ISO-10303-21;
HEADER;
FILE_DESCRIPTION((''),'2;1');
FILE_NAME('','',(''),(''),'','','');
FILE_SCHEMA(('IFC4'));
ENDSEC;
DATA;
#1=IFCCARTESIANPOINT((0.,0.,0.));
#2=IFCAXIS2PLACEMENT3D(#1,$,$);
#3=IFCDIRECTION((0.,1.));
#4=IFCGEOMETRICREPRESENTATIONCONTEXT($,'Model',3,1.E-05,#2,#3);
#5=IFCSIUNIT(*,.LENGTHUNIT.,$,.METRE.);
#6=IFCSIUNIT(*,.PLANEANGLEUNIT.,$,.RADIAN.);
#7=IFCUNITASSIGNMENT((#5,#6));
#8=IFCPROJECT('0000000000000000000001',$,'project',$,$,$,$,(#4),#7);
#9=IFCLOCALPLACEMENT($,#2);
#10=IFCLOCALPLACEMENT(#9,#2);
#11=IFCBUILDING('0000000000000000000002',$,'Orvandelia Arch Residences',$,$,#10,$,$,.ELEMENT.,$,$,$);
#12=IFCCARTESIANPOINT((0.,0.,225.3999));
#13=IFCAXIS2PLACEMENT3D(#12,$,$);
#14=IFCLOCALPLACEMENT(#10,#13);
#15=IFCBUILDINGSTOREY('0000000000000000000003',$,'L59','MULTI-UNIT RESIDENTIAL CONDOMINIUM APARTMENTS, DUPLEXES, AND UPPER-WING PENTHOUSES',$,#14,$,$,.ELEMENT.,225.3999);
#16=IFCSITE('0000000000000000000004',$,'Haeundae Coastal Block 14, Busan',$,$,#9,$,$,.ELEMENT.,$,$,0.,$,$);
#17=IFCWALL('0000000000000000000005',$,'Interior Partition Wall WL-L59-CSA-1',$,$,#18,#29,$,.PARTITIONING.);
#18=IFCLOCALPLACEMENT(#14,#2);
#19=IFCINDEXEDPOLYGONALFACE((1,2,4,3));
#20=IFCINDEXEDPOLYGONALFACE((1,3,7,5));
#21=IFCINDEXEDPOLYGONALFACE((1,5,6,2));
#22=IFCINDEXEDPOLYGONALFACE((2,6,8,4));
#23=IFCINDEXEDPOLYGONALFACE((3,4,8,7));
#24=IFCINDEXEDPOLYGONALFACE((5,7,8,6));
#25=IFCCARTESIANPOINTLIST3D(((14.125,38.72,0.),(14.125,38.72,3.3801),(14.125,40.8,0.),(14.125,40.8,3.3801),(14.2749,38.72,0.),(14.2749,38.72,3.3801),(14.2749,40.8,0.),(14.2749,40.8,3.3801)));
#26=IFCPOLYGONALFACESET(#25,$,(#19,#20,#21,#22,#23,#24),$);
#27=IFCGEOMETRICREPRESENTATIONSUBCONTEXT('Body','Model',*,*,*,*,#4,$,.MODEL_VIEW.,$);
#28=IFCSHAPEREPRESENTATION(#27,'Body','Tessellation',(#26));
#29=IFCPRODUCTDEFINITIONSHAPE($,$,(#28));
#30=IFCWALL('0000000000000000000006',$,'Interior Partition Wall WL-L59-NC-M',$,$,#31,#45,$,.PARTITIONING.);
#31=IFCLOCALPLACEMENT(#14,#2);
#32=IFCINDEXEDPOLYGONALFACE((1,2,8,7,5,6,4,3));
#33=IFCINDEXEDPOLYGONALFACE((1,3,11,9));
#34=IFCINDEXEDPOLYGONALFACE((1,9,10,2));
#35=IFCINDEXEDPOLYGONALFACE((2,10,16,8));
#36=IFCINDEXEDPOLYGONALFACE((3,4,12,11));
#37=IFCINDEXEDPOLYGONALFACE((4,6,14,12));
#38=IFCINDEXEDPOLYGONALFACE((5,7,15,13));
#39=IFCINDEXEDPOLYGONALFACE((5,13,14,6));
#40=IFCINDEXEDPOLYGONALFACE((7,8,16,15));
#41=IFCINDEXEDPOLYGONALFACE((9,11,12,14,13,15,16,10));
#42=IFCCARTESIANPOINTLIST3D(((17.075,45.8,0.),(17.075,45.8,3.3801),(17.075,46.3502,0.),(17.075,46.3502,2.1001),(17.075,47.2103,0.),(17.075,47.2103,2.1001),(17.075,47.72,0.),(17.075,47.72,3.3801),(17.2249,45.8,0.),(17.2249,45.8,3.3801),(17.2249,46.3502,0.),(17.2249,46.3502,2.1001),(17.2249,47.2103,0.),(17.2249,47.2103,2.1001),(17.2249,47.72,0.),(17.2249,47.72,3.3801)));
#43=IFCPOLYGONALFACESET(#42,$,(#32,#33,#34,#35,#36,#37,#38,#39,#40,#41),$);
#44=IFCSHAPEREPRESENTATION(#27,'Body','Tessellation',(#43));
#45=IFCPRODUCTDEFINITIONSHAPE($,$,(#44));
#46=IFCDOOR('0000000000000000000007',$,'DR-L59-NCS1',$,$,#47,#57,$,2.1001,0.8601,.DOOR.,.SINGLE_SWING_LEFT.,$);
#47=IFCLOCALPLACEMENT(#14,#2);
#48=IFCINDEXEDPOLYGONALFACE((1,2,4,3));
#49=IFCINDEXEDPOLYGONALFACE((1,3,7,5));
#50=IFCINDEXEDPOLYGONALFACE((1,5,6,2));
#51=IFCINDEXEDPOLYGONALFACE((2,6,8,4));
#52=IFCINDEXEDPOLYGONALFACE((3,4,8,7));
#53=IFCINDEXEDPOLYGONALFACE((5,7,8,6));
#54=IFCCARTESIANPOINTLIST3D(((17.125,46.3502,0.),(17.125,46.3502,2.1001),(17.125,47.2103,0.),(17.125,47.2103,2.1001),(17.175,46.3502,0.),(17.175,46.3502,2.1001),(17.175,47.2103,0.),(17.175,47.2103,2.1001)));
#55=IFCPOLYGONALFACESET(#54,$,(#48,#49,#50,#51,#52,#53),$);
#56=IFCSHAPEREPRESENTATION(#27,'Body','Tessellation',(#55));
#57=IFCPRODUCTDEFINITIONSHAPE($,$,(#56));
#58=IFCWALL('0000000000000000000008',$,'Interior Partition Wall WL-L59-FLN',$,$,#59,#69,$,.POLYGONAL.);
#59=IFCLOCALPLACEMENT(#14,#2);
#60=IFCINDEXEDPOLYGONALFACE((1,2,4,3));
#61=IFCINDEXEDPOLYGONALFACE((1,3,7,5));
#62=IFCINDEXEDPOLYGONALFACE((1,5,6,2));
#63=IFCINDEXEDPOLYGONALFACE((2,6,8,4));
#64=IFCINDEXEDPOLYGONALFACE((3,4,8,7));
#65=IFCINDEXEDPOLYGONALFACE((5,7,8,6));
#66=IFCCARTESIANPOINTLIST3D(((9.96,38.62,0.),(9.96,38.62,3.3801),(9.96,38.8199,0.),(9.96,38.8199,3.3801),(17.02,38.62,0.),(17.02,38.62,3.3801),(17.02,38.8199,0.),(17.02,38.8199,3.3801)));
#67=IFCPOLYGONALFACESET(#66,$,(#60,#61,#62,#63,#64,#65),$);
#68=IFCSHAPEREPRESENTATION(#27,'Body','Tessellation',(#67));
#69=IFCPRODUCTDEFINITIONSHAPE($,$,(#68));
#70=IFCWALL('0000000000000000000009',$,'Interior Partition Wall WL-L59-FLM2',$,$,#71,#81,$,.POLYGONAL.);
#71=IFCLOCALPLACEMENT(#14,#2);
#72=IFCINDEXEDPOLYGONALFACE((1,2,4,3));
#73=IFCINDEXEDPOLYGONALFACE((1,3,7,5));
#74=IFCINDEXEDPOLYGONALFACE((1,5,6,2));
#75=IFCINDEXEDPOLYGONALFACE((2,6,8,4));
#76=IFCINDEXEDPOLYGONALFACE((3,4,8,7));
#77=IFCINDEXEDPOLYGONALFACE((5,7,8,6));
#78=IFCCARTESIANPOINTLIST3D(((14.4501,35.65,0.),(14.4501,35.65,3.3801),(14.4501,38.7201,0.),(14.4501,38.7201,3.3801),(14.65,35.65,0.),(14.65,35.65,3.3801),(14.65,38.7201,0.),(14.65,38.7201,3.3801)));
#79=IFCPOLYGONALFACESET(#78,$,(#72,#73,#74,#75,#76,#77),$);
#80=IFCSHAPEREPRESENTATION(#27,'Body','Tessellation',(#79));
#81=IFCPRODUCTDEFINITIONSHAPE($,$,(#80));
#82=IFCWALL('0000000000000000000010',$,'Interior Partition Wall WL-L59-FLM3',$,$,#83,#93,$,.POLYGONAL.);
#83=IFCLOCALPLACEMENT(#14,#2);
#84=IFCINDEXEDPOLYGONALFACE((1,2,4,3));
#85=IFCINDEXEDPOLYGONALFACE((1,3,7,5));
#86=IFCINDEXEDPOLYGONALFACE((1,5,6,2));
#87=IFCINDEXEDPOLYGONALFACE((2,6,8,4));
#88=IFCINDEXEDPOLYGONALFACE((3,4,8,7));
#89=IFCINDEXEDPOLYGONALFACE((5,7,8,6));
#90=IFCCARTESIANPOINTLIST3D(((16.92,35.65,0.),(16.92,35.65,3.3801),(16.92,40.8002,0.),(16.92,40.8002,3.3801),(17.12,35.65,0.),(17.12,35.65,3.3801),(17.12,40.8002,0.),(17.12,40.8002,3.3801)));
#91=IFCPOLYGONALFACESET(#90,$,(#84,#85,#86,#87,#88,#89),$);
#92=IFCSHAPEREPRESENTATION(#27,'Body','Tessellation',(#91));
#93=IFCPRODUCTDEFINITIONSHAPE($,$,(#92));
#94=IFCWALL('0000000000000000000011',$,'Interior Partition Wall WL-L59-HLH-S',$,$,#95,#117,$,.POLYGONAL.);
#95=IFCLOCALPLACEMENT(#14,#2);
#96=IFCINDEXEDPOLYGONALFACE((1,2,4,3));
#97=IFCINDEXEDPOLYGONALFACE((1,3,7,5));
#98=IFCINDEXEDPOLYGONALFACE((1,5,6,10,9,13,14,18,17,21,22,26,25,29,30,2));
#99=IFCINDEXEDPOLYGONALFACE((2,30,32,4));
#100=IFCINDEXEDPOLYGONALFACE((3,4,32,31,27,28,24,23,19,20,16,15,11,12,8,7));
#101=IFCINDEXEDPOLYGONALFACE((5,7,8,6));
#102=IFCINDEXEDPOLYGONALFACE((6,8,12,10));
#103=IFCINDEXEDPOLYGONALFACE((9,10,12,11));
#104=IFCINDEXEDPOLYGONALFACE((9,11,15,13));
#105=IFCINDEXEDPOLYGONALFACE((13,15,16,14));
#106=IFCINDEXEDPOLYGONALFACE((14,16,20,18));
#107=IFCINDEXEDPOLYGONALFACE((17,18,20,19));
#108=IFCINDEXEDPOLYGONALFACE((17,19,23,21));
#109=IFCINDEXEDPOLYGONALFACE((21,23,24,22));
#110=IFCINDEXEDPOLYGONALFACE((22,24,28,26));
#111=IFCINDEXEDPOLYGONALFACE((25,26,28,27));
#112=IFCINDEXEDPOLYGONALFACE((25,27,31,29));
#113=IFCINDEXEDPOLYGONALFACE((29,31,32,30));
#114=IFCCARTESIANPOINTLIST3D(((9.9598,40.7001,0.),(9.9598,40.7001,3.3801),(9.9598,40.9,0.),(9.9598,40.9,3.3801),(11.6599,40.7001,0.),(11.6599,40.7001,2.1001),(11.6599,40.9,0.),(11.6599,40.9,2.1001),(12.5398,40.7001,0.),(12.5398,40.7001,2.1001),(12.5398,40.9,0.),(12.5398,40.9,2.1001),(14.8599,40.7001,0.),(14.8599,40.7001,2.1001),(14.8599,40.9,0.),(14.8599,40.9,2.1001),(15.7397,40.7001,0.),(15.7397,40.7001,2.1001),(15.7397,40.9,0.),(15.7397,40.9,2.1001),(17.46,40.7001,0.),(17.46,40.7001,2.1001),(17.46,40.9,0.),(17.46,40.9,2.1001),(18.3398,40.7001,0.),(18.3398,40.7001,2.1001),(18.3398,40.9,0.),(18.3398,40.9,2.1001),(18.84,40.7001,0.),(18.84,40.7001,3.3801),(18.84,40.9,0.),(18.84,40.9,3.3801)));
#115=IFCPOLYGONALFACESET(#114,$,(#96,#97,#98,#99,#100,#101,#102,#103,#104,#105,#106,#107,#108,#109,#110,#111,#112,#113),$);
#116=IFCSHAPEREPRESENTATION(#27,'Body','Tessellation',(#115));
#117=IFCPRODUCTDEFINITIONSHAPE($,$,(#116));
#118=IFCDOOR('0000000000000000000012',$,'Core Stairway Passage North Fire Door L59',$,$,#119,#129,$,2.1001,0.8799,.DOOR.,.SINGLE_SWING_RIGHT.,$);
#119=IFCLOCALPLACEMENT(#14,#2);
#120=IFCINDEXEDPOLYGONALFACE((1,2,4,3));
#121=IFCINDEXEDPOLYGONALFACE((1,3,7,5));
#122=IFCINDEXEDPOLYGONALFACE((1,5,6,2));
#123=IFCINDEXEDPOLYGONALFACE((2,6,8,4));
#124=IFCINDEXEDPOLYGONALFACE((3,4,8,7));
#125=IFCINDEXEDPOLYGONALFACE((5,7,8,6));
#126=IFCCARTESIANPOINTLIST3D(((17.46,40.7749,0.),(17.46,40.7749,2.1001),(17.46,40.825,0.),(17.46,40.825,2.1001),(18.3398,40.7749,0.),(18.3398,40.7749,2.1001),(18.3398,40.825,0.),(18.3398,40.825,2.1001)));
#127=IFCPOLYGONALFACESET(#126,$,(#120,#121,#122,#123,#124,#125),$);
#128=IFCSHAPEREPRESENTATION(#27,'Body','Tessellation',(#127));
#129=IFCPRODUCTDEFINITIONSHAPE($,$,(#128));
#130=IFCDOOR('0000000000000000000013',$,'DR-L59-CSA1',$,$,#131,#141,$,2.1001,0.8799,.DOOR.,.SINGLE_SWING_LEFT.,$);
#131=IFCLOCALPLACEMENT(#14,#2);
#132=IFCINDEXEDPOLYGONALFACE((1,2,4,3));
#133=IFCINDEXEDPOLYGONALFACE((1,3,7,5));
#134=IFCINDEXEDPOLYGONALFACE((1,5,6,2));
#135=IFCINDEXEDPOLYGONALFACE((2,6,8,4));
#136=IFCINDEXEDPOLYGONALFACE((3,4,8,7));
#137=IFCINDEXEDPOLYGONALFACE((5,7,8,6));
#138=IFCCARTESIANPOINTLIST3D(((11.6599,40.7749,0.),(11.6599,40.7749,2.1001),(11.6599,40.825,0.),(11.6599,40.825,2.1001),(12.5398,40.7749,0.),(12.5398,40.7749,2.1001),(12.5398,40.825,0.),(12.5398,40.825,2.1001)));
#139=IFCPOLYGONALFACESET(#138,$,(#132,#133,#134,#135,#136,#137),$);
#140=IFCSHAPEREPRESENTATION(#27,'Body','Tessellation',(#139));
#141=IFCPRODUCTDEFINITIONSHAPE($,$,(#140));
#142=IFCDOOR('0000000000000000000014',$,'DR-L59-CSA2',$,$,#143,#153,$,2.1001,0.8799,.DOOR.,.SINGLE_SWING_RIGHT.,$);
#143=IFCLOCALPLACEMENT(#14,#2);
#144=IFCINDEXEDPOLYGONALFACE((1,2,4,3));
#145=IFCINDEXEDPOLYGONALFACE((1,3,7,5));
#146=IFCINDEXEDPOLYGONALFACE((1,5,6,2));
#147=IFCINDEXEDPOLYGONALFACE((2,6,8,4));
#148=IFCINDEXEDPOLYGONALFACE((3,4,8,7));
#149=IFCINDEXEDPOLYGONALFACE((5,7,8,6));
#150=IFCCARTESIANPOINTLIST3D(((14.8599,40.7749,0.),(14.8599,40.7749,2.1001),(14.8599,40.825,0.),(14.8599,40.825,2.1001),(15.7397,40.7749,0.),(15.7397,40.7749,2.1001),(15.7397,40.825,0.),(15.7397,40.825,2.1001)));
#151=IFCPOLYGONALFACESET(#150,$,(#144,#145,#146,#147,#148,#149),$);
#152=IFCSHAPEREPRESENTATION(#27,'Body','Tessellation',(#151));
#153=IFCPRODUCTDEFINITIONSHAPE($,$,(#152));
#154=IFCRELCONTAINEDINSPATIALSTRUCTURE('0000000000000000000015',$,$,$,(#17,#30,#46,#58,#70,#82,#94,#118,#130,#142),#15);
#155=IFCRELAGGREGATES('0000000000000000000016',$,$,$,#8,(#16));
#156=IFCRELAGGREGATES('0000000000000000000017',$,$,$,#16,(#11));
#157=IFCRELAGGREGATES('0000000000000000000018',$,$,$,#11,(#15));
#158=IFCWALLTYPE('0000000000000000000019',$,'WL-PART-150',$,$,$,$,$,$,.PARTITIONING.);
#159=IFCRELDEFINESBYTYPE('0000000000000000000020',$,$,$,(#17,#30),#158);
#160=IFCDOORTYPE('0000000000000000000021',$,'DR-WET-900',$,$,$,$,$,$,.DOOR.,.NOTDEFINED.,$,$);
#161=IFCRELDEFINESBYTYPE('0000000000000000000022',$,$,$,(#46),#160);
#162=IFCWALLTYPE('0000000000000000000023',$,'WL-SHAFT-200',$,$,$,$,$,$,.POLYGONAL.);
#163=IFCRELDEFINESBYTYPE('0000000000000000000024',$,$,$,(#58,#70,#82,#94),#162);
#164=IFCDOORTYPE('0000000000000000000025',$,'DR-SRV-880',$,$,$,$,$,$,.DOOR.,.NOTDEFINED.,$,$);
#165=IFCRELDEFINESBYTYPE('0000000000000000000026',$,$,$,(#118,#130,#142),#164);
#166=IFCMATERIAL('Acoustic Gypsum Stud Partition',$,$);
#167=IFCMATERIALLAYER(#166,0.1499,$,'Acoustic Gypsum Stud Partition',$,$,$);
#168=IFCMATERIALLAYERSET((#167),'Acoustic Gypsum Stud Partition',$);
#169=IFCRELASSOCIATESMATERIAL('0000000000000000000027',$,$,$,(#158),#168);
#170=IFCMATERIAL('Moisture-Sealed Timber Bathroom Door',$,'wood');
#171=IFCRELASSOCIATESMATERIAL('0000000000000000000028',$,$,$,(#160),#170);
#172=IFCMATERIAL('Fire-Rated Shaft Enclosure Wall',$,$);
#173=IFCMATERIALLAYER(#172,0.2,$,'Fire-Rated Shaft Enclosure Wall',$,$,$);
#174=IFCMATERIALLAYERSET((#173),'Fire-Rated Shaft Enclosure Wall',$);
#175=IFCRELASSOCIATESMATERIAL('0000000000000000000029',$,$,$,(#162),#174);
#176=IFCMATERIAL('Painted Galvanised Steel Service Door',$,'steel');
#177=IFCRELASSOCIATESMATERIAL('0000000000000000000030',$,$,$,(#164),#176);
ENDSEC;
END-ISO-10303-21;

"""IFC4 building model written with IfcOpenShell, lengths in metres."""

from ifc_helpers import new_model, si_unit, direction, frame, frame_2d, origin, place, context, subcontext, project, spatial, rectangle, extrude, material, layer, layer_set, type_object, element, fill, save


model = new_model("IFC4")

# Units and contexts
model_context = context("Model", 3, precision=1e-05, world=origin(), true_north=direction((0.0, 1.0)))
body_context = subcontext(model_context, "Body", "Model", "MODEL_VIEW")
ifc_project = project(units=[si_unit("LENGTHUNIT", "METRE"), si_unit("PLANEANGLEUNIT", "RADIAN")], contexts=[model_context])

# Site, building, storey
site_placement = place(None, origin())
site = spatial("IfcSite", under=ifc_project, at=site_placement, Name="Haeundae Coastal Block 14, Busan", CompositionType="ELEMENT", RefElevation=0.0)
building_placement = place(site_placement, origin())
building = spatial("IfcBuilding", under=site, at=building_placement, Name="Orvandelia Arch Residences", CompositionType="ELEMENT")
storey_placement = place(building_placement, frame((0.0, 0.0, 225.3999)))
storey = spatial("IfcBuildingStorey", under=building, at=storey_placement, Name="L59", Description="MULTI-UNIT RESIDENTIAL CONDOMINIUM APARTMENTS, DUPLEXES, AND UPPER-WING PENTHOUSES", CompositionType="ELEMENT", Elevation=225.3999)

# Wall
ifc_material_1 = material(Name="Acoustic Gypsum Stud Partition")
ifc_layer_1 = layer(ifc_material_1, 0.1499, Name="Acoustic Gypsum Stud Partition")
ifc_layer_set_1 = layer_set([ifc_layer_1], Name="Acoustic Gypsum Stud Partition")
wall_type_1 = type_object("IfcWallType", Name="WL-PART-150", PredefinedType="PARTITIONING", material=ifc_layer_set_1)
wall_1_placement = place(storey_placement, frame((14.2, 38.72, 0.0), z_axis=(0.0, 0.0, 1.0), x_axis=(0.0, 1.0, 0.0)))
element("IfcWall", 1, at=wall_1_placement, inside=storey, type_object=wall_type_1, Name="Interior Partition Wall WL-L59-CSA-1", PredefinedType="PARTITIONING", context=body_context, shape_type="SweptSolid", body=[
    extrude(rectangle(XDim=2.0801, YDim=0.1499, at=frame_2d((1.04, 0.0))), origin(), (0.0, 0.0, 1.0), 3.3801),
])

# Wall, opening, door
wall_2_placement = place(storey_placement, frame((17.1499, 45.8, 0.0), z_axis=(0.0, 0.0, 1.0), x_axis=(0.0, 1.0, 0.0)))
wall_2 = element("IfcWall", 2, at=wall_2_placement, inside=storey, type_object=wall_type_1, Name="Interior Partition Wall WL-L59-NC-M", PredefinedType="PARTITIONING", context=body_context, shape_type="SweptSolid", body=[
    extrude(rectangle(XDim=1.9199, YDim=0.1499, at=frame_2d((0.96, 0.0))), origin(), (0.0, 0.0, 1.0), 3.3801),
])
opening_1_placement = place(wall_2_placement, frame((0.55, 0.0, 0.0)))
opening_1 = element("IfcOpeningElement", 3, at=opening_1_placement, cuts=wall_2, PredefinedType="OPENING", context=body_context, shape_type="SweptSolid", body=[
    extrude(rectangle(XDim=0.8601, YDim=2.1001, at=frame_2d((0.4302, 1.05))), frame((0.0, 0.085, 0.0), z_axis=(0.0, -1.0, 0.0), x_axis=(1.0, 0.0, 0.0)), (0.0, 0.0, 1.0), 0.1699),
])
ifc_material_2 = material(Name="Moisture-Sealed Timber Bathroom Door", Category="wood")
door_type_1 = type_object("IfcDoorType", Name="DR-WET-900", OperationType="NOTDEFINED", PredefinedType="DOOR", material=ifc_material_2)
door_1_placement = place(opening_1_placement, origin())
door_1 = element("IfcDoor", 4, at=door_1_placement, inside=storey, type_object=door_type_1, Name="DR-L59-NCS1", OperationType="SINGLE_SWING_LEFT", OverallHeight=2.1001, OverallWidth=0.8601, PredefinedType="DOOR", context=body_context, shape_type="SweptSolid", body=[
    extrude(rectangle(XDim=0.8601, YDim=2.1001, at=frame_2d((0.4302, 1.05))), frame((0.0, 0.0249, 0.0), z_axis=(0.0, -1.0, 0.0), x_axis=(1.0, 0.0, 0.0)), (0.0, 0.0, 1.0), 0.05),
])
fill(opening_1, door_1)

# Walls
ifc_material_3 = material(Name="Fire-Rated Shaft Enclosure Wall")
ifc_layer_2 = layer(ifc_material_3, 0.2, Name="Fire-Rated Shaft Enclosure Wall")
ifc_layer_set_2 = layer_set([ifc_layer_2], Name="Fire-Rated Shaft Enclosure Wall")
wall_type_2 = type_object("IfcWallType", Name="WL-SHAFT-200", PredefinedType="POLYGONAL", material=ifc_layer_set_2)
wall_3_placement = place(storey_placement, frame((9.96, 38.72, 0.0), z_axis=(0.0, 0.0, 1.0), x_axis=(1.0, 0.0, 0.0)))
element("IfcWall", 5, at=wall_3_placement, inside=storey, type_object=wall_type_2, Name="Interior Partition Wall WL-L59-FLN", PredefinedType="POLYGONAL", context=body_context, shape_type="SweptSolid", body=[
    extrude(rectangle(XDim=7.0601, YDim=0.2, at=frame_2d((3.53, 0.0))), origin(), (0.0, 0.0, 1.0), 3.3801),
])
wall_4_placement = place(storey_placement, frame((14.55, 35.6499, 0.0), z_axis=(0.0, 0.0, 1.0), x_axis=(0.0, 1.0, 0.0)))
element("IfcWall", 6, at=wall_4_placement, inside=storey, type_object=wall_type_2, Name="Interior Partition Wall WL-L59-FLM2", PredefinedType="POLYGONAL", context=body_context, shape_type="SweptSolid", body=[
    extrude(rectangle(XDim=3.0701, YDim=0.2, at=frame_2d((1.5352, 0.0))), origin(), (0.0, 0.0, 1.0), 3.3801),
])
wall_5_placement = place(storey_placement, frame((17.02, 35.6499, 0.0), z_axis=(0.0, 0.0, 1.0), x_axis=(0.0, 1.0, 0.0)))
element("IfcWall", 7, at=wall_5_placement, inside=storey, type_object=wall_type_2, Name="Interior Partition Wall WL-L59-FLM3", PredefinedType="POLYGONAL", context=body_context, shape_type="SweptSolid", body=[
    extrude(rectangle(XDim=5.1501, YDim=0.2, at=frame_2d((2.5752, 0.0))), origin(), (0.0, 0.0, 1.0), 3.3801),
])

# Wall, openings, doors
wall_6_placement = place(storey_placement, frame((9.96, 40.8, 0.0), z_axis=(0.0, 0.0, 1.0), x_axis=(1.0, 0.0, 0.0)))
wall_6 = element("IfcWall", 8, at=wall_6_placement, inside=storey, type_object=wall_type_2, Name="Interior Partition Wall WL-L59-HLH-S", PredefinedType="POLYGONAL", context=body_context, shape_type="SweptSolid", body=[
    extrude(rectangle(XDim=8.8801, YDim=0.2, at=frame_2d((4.4399, 0.0))), origin(), (0.0, 0.0, 1.0), 3.3801),
])
opening_2_placement = place(wall_6_placement, frame((7.5, 0.0, 0.0)))
opening_2 = element("IfcOpeningElement", 9, at=opening_2_placement, cuts=wall_6, PredefinedType="OPENING", context=body_context, shape_type="SweptSolid", body=[
    extrude(rectangle(XDim=0.8799, YDim=2.1001, at=frame_2d((0.4399, 1.05))), frame((0.0, 0.1099, 0.0), z_axis=(0.0, -1.0, 0.0), x_axis=(1.0, 0.0, 0.0)), (0.0, 0.0, 1.0), 0.22),
])
opening_3_placement = place(wall_6_placement, frame((1.7, 0.0, 0.0)))
opening_3 = element("IfcOpeningElement", 10, at=opening_3_placement, cuts=wall_6, PredefinedType="OPENING", context=body_context, shape_type="SweptSolid", body=[
    extrude(rectangle(XDim=0.8799, YDim=2.1001, at=frame_2d((0.4399, 1.05))), frame((0.0, 0.1099, 0.0), z_axis=(0.0, -1.0, 0.0), x_axis=(1.0, 0.0, 0.0)), (0.0, 0.0, 1.0), 0.22),
])
opening_4_placement = place(wall_6_placement, frame((4.8999, 0.0, 0.0)))
opening_4 = element("IfcOpeningElement", 11, at=opening_4_placement, cuts=wall_6, PredefinedType="OPENING", context=body_context, shape_type="SweptSolid", body=[
    extrude(rectangle(XDim=0.8799, YDim=2.1001, at=frame_2d((0.4399, 1.05))), frame((0.0, 0.1099, 0.0), z_axis=(0.0, -1.0, 0.0), x_axis=(1.0, 0.0, 0.0)), (0.0, 0.0, 1.0), 0.22),
])
ifc_material_4 = material(Name="Painted Galvanised Steel Service Door", Category="steel")
door_type_2 = type_object("IfcDoorType", Name="DR-SRV-880", OperationType="NOTDEFINED", PredefinedType="DOOR", material=ifc_material_4)
door_2_placement = place(opening_2_placement, origin())
door_2 = element("IfcDoor", 12, at=door_2_placement, inside=storey, type_object=door_type_2, Name="Core Stairway Passage North Fire Door L59", OperationType="SINGLE_SWING_RIGHT", OverallHeight=2.1001, OverallWidth=0.8799, PredefinedType="DOOR", context=body_context, shape_type="SweptSolid", body=[
    extrude(rectangle(XDim=0.8799, YDim=2.1001, at=frame_2d((0.4399, 1.05))), frame((0.0, 0.0249, 0.0), z_axis=(0.0, -1.0, 0.0), x_axis=(1.0, 0.0, 0.0)), (0.0, 0.0, 1.0), 0.05),
])
fill(opening_2, door_2)
door_3_placement = place(opening_3_placement, origin())
door_3 = element("IfcDoor", 13, at=door_3_placement, inside=storey, type_object=door_type_2, Name="DR-L59-CSA1", OperationType="SINGLE_SWING_LEFT", OverallHeight=2.1001, OverallWidth=0.8799, PredefinedType="DOOR", context=body_context, shape_type="SweptSolid", body=[
    extrude(rectangle(XDim=0.8799, YDim=2.1001, at=frame_2d((0.4399, 1.05))), frame((0.0, 0.0249, 0.0), z_axis=(0.0, -1.0, 0.0), x_axis=(1.0, 0.0, 0.0)), (0.0, 0.0, 1.0), 0.05),
])
fill(opening_3, door_3)
door_4_placement = place(opening_4_placement, origin())
door_4 = element("IfcDoor", 14, at=door_4_placement, inside=storey, type_object=door_type_2, Name="DR-L59-CSA2", OperationType="SINGLE_SWING_RIGHT", OverallHeight=2.1001, OverallWidth=0.8799, PredefinedType="DOOR", context=body_context, shape_type="SweptSolid", body=[
    extrude(rectangle(XDim=0.8799, YDim=2.1001, at=frame_2d((0.4399, 1.05))), frame((0.0, 0.0249, 0.0), z_axis=(0.0, -1.0, 0.0), x_axis=(1.0, 0.0, 0.0)), (0.0, 0.0, 1.0), 0.05),
])
fill(opening_4, door_4)

save(model, "model.ifc")
